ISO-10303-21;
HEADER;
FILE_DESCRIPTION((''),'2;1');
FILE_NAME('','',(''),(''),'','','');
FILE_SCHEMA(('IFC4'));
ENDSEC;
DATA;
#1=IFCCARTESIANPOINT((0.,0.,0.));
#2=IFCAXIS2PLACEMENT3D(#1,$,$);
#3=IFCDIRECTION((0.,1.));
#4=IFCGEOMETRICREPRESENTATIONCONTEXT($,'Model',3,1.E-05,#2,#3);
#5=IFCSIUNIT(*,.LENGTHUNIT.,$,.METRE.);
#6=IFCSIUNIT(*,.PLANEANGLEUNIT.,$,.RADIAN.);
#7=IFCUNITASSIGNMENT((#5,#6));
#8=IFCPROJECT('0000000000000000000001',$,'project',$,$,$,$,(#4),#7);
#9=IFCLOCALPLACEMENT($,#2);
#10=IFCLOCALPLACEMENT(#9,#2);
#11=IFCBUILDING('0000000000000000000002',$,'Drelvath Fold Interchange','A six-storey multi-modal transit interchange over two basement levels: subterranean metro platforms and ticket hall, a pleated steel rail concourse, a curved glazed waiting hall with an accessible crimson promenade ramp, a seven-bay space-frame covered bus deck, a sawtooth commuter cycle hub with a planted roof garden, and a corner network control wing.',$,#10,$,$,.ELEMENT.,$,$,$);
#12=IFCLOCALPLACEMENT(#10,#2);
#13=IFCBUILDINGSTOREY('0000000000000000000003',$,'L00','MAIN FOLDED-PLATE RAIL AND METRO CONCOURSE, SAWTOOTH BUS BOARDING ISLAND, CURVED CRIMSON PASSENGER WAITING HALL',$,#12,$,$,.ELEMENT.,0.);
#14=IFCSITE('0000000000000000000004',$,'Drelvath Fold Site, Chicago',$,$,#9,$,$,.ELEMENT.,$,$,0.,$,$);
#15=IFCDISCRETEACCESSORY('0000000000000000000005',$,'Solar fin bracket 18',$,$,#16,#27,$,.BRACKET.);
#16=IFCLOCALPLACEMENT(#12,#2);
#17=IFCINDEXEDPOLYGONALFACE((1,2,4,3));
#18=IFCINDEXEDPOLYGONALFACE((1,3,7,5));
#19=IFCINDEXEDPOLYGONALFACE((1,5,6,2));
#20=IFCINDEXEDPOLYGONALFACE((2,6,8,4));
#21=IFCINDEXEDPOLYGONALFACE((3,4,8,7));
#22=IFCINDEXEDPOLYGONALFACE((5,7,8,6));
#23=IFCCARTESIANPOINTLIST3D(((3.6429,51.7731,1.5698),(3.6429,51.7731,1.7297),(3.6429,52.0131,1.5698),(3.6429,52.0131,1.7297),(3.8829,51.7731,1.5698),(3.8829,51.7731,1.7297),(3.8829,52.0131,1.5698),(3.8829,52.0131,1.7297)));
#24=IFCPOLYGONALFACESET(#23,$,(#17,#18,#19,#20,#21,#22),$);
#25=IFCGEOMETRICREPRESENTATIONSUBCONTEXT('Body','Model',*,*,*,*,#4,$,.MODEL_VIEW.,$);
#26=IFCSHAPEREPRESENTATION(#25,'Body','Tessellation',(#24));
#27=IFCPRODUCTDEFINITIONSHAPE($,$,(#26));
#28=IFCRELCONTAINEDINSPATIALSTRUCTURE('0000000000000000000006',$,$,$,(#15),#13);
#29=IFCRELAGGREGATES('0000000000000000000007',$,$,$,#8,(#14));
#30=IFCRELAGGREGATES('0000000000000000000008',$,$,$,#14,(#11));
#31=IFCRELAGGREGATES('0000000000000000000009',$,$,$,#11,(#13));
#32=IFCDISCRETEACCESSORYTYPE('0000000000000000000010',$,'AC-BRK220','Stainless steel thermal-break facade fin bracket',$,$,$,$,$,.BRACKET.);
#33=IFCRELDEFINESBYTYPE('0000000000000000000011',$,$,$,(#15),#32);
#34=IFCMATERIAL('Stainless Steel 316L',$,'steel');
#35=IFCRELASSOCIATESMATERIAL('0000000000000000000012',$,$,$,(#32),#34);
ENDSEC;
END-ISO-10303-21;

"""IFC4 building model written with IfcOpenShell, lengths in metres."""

from ifc_helpers import new_model, si_unit, direction, frame, origin, origin_2d, place, context, subcontext, project, spatial, rectangle, extrude, material, type_object, element, save


model = new_model("IFC4")

# Units and contexts
model_context = context("Model", 3, precision=1e-05, world=origin(), true_north=direction((0.0, 1.0)))
body_context = subcontext(model_context, "Body", "Model", "MODEL_VIEW")
ifc_project = project(units=[si_unit("LENGTHUNIT", "METRE"), si_unit("PLANEANGLEUNIT", "RADIAN")], contexts=[model_context])

# Site, building, storey
site_placement = place(None, origin())
site = spatial("IfcSite", under=ifc_project, at=site_placement, Name="Drelvath Fold Site, Chicago", CompositionType="ELEMENT", RefElevation=0.0)
building_placement = place(site_placement, origin())
building = spatial("IfcBuilding", under=site, at=building_placement, Name="Drelvath Fold Interchange", Description="A six-storey multi-modal transit interchange over two basement levels: subterranean metro platforms and ticket hall, a pleated steel rail concourse, a curved glazed waiting hall with an accessible crimson promenade ramp, a seven-bay space-frame covered bus deck, a sawtooth commuter cycle hub with a planted roof garden, and a corner network control wing.", CompositionType="ELEMENT")
storey_placement = place(building_placement, origin())
storey = spatial("IfcBuildingStorey", under=building, at=storey_placement, Name="L00", Description="MAIN FOLDED-PLATE RAIL AND METRO CONCOURSE, SAWTOOTH BUS BOARDING ISLAND, CURVED CRIMSON PASSENGER WAITING HALL", CompositionType="ELEMENT", Elevation=0.0)

# Discrete accessory
ifc_material_1 = material(Name="Stainless Steel 316L", Category="steel")
discrete_accessory_type = type_object("IfcDiscreteAccessoryType", Name="AC-BRK220", Description="Stainless steel thermal-break facade fin bracket", PredefinedType="BRACKET", material=ifc_material_1)
discrete_accessory_placement = place(storey_placement, frame((3.7629, 51.8931, 1.5698), z_axis=(0.0, 0.0, 1.0), x_axis=(1.0, 0.0, 0.0)))
element("IfcDiscreteAccessory", 1, at=discrete_accessory_placement, inside=storey, type_object=discrete_accessory_type, Name="Solar fin bracket 18", PredefinedType="BRACKET", context=body_context, shape_type="SweptSolid", body=[
    extrude(rectangle(XDim=0.24, YDim=0.24, at=origin_2d()), origin(), (0.0, 0.0, 1.0), 0.1599),
])

save(model, "model.ifc")
